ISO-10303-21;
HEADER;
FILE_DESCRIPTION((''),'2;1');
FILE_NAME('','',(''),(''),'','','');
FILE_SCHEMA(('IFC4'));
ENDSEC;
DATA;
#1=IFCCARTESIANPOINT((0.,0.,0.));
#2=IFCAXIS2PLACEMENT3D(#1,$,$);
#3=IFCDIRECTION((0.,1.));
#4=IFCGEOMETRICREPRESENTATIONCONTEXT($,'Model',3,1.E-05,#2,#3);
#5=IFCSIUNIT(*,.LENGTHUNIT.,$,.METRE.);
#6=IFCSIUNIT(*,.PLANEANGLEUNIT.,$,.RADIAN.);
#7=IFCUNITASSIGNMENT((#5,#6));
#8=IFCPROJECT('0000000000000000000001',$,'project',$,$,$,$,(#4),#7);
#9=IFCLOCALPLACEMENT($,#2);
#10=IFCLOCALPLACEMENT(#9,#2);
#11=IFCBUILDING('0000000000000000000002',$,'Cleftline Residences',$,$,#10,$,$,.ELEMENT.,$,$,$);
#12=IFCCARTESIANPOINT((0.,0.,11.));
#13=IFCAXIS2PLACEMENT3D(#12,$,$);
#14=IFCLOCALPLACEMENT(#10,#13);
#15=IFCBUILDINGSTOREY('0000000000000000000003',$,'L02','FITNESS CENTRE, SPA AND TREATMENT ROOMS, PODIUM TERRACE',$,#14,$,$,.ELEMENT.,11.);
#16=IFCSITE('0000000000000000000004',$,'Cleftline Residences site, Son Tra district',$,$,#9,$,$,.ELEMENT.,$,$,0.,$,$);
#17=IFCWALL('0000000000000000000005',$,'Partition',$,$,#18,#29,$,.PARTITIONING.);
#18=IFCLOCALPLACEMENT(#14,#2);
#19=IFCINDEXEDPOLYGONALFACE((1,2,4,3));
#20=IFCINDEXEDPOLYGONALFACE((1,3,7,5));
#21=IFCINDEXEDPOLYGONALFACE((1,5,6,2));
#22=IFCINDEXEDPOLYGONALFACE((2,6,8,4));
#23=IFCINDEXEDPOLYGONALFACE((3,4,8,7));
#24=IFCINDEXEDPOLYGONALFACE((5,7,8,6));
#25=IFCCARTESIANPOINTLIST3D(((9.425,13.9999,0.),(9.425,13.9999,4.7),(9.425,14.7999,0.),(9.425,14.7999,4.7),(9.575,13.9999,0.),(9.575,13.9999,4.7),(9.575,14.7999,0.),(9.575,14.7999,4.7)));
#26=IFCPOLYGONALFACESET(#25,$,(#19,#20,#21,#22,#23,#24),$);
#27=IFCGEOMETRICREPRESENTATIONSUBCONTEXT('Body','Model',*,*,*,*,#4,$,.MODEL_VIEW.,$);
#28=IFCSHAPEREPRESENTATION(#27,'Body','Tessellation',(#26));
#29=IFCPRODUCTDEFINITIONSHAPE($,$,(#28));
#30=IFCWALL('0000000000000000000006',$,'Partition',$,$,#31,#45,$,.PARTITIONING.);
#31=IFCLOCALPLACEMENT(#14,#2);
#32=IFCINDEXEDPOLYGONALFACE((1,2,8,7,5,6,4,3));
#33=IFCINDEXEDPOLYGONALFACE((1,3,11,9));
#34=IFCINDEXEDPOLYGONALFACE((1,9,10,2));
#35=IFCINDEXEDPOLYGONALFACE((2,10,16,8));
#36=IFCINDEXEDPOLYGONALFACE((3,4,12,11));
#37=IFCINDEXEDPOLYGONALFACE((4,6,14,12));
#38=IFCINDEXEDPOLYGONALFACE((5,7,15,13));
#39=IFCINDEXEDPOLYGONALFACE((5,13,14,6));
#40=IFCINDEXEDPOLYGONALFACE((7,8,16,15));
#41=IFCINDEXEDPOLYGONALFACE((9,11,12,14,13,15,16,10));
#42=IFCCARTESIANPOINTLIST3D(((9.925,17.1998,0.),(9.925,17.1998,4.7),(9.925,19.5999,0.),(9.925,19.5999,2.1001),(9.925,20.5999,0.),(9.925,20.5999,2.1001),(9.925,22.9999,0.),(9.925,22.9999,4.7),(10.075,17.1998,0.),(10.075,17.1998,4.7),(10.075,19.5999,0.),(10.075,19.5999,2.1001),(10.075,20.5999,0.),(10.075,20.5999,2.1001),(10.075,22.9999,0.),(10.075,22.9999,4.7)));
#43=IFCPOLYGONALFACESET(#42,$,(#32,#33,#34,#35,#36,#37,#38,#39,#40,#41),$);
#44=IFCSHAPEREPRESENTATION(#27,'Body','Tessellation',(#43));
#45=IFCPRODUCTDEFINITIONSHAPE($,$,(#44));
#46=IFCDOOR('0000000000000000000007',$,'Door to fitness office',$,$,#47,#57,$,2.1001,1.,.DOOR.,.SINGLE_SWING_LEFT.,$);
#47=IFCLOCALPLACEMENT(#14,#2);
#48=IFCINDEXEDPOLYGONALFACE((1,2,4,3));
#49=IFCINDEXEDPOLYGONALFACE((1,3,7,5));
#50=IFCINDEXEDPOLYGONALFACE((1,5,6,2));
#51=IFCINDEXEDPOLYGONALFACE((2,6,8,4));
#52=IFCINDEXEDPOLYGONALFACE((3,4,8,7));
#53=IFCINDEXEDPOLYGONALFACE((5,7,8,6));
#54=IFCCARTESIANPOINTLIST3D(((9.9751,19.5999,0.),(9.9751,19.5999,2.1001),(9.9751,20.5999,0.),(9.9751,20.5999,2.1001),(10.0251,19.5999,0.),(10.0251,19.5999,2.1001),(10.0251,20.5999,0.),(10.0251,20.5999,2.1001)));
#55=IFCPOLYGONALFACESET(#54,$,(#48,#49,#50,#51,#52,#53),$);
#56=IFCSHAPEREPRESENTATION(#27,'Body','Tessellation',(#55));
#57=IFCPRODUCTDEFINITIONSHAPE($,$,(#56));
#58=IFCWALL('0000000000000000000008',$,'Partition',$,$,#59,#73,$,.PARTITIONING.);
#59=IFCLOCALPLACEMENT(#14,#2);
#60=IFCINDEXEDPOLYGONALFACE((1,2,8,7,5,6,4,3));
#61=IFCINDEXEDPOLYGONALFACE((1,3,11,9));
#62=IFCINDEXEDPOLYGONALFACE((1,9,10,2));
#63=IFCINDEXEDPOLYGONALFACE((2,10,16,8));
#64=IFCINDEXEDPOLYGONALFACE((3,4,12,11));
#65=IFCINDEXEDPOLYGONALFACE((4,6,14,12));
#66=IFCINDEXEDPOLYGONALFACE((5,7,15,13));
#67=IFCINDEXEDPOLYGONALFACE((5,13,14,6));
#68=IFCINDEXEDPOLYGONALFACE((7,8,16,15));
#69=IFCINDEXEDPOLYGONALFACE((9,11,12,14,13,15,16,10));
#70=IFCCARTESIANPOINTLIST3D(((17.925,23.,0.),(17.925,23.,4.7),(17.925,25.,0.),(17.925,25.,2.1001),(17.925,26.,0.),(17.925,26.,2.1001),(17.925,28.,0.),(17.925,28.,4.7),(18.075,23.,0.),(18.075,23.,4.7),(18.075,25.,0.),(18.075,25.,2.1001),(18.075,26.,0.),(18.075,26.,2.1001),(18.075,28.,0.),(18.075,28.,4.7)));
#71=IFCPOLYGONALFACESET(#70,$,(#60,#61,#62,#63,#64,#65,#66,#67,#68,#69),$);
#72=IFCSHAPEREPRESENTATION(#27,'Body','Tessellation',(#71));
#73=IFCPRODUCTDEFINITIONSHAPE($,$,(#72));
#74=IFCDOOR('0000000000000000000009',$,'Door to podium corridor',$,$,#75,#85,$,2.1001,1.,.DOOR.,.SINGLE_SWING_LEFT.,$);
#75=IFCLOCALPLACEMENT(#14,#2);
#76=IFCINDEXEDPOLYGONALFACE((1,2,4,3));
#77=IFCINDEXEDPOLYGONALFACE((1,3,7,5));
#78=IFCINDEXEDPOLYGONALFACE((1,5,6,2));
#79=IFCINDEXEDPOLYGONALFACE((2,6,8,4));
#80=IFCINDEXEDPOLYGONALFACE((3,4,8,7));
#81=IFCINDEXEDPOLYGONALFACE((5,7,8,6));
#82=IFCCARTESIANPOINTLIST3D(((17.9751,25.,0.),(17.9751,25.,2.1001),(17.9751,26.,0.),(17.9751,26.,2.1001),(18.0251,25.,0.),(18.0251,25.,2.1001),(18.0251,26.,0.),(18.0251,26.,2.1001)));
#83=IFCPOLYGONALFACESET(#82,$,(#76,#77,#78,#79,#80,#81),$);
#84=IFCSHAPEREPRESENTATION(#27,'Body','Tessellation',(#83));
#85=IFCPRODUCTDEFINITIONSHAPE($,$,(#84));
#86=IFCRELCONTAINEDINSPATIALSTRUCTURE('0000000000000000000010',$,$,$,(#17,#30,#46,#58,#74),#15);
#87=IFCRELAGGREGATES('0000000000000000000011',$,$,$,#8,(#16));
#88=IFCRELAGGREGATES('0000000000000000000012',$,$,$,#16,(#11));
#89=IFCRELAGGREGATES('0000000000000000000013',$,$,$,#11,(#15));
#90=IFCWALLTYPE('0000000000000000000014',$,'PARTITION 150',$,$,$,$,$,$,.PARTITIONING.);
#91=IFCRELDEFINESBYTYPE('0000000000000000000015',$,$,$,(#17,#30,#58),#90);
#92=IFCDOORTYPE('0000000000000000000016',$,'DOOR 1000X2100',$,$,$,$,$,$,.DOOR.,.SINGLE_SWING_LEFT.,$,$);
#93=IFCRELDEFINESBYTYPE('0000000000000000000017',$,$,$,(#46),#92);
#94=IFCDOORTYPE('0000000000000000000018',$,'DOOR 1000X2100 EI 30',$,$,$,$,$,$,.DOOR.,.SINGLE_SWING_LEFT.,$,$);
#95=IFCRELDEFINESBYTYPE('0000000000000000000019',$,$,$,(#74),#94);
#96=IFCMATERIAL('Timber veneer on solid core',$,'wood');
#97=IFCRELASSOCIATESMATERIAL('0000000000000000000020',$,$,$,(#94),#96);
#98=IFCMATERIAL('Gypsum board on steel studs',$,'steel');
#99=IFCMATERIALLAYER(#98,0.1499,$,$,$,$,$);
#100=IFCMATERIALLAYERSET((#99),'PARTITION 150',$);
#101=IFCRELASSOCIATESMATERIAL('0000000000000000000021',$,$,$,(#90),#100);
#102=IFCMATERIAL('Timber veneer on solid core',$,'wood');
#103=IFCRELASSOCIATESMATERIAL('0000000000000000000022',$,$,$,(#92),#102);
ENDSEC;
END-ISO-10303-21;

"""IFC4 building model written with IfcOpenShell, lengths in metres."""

from ifc_helpers import new_model, si_unit, direction, frame, frame_2d, origin, place, context, subcontext, project, spatial, rectangle, extrude, material, layer, layer_set, type_object, element, fill, save


model = new_model("IFC4")

# Units and contexts
model_context = context("Model", 3, precision=1e-05, world=origin(), true_north=direction((0.0, 1.0)))
body_context = subcontext(model_context, "Body", "Model", "MODEL_VIEW")
ifc_project = project(units=[si_unit("LENGTHUNIT", "METRE"), si_unit("PLANEANGLEUNIT", "RADIAN")], contexts=[model_context])

# Site, building, storey
site_placement = place(None, origin())
site = spatial("IfcSite", under=ifc_project, at=site_placement, Name="Cleftline Residences site, Son Tra district", CompositionType="ELEMENT", RefElevation=0.0)
building_placement = place(site_placement, origin())
building = spatial("IfcBuilding", under=site, at=building_placement, Name="Cleftline Residences", CompositionType="ELEMENT")
storey_placement = place(building_placement, frame((0.0, 0.0, 11.0)))
storey = spatial("IfcBuildingStorey", under=building, at=storey_placement, Name="L02", Description="FITNESS CENTRE, SPA AND TREATMENT ROOMS, PODIUM TERRACE", CompositionType="ELEMENT", Elevation=11.0)

# Shared definitions
ifc_material_1 = material(Name="Timber veneer on solid core", Category="wood")
door_type_1 = type_object("IfcDoorType", Name="DOOR 1000X2100 EI 30", OperationType="SINGLE_SWING_LEFT", PredefinedType="DOOR", material=ifc_material_1)

# Shared definitions
ifc_material_2 = material(Name="Gypsum board on steel studs", Category="steel")
ifc_layer_1 = layer(ifc_material_2, 0.1499)
ifc_layer_set_1 = layer_set([ifc_layer_1], Name="PARTITION 150")
wall_type_1 = type_object("IfcWallType", Name="PARTITION 150", PredefinedType="PARTITIONING", material=ifc_layer_set_1)

# Wall
wall_1_placement = place(storey_placement, frame((9.5, 14.0, 0.0), z_axis=(0.0, 0.0, 1.0), x_axis=(0.0, 1.0, 0.0)))
element("IfcWall", 1, at=wall_1_placement, inside=storey, type_object=wall_type_1, Name="Partition", PredefinedType="PARTITIONING", context=body_context, shape_type="SweptSolid", body=[
    extrude(rectangle(XDim=0.8, YDim=0.1499, at=frame_2d((0.3999, 0.0))), origin(), (0.0, 0.0, 1.0), 4.7),
])

# Walls, openings, doors
wall_2_placement = place(storey_placement, frame((10.0, 17.2, 0.0), z_axis=(0.0, 0.0, 1.0), x_axis=(0.0, 1.0, 0.0)))
wall_2 = element("IfcWall", 2, at=wall_2_placement, inside=storey, type_object=wall_type_1, Name="Partition", PredefinedType="PARTITIONING", context=body_context, shape_type="SweptSolid", body=[
    extrude(rectangle(XDim=5.8, YDim=0.1499, at=frame_2d((2.8999, 0.0))), origin(), (0.0, 0.0, 1.0), 4.7),
])
opening_1_placement = place(wall_2_placement, frame((2.3999, 0.0, 0.0)))
opening_1 = element("IfcOpeningElement", 3, at=opening_1_placement, cuts=wall_2, PredefinedType="OPENING", context=body_context, shape_type="SweptSolid", body=[
    extrude(rectangle(XDim=1.0, YDim=2.1001, at=frame_2d((0.5, 1.05))), frame((0.0, 0.085, 0.0), z_axis=(0.0, -1.0, 0.0), x_axis=(1.0, 0.0, 0.0)), (0.0, 0.0, 1.0), 0.1699),
])
ifc_material_3 = material(Name="Timber veneer on solid core", Category="wood")
door_type_2 = type_object("IfcDoorType", Name="DOOR 1000X2100", OperationType="SINGLE_SWING_LEFT", PredefinedType="DOOR", material=ifc_material_3)
door_1_placement = place(opening_1_placement, origin())
door_1 = element("IfcDoor", 4, at=door_1_placement, inside=storey, type_object=door_type_2, Name="Door to fitness office", OperationType="SINGLE_SWING_LEFT", OverallHeight=2.1001, OverallWidth=1.0, PredefinedType="DOOR", context=body_context, shape_type="SweptSolid", body=[
    extrude(rectangle(XDim=1.0, YDim=2.1001, at=frame_2d((0.5, 1.05))), frame((0.0, 0.0249, 0.0), z_axis=(0.0, -1.0, 0.0), x_axis=(1.0, 0.0, 0.0)), (0.0, 0.0, 1.0), 0.05),
])
fill(opening_1, door_1)
wall_3_placement = place(storey_placement, frame((18.0, 23.0, 0.0), z_axis=(0.0, 0.0, 1.0), x_axis=(0.0, 1.0, 0.0)))
wall_3 = element("IfcWall", 5, at=wall_3_placement, inside=storey, type_object=wall_type_1, Name="Partition", PredefinedType="PARTITIONING", context=body_context, shape_type="SweptSolid", body=[
    extrude(rectangle(XDim=5.0, YDim=0.1499, at=frame_2d((2.5, 0.0))), origin(), (0.0, 0.0, 1.0), 4.7),
])
opening_2_placement = place(wall_3_placement, frame((2.0, 0.0, 0.0)))
opening_2 = element("IfcOpeningElement", 6, at=opening_2_placement, cuts=wall_3, PredefinedType="OPENING", context=body_context, shape_type="SweptSolid", body=[
    extrude(rectangle(XDim=1.0, YDim=2.1001, at=frame_2d((0.5, 1.05))), frame((0.0, 0.085, 0.0), z_axis=(0.0, -1.0, 0.0), x_axis=(1.0, 0.0, 0.0)), (0.0, 0.0, 1.0), 0.1699),
])
door_2_placement = place(opening_2_placement, origin())
door_2 = element("IfcDoor", 7, at=door_2_placement, inside=storey, type_object=door_type_1, Name="Door to podium corridor", OperationType="SINGLE_SWING_LEFT", OverallHeight=2.1001, OverallWidth=1.0, PredefinedType="DOOR", context=body_context, shape_type="SweptSolid", body=[
    extrude(rectangle(XDim=1.0, YDim=2.1001, at=frame_2d((0.5, 1.05))), frame((0.0, 0.0249, 0.0), z_axis=(0.0, -1.0, 0.0), x_axis=(1.0, 0.0, 0.0)), (0.0, 0.0, 1.0), 0.05),
])
fill(opening_2, door_2)

save(model, "model.ifc")
